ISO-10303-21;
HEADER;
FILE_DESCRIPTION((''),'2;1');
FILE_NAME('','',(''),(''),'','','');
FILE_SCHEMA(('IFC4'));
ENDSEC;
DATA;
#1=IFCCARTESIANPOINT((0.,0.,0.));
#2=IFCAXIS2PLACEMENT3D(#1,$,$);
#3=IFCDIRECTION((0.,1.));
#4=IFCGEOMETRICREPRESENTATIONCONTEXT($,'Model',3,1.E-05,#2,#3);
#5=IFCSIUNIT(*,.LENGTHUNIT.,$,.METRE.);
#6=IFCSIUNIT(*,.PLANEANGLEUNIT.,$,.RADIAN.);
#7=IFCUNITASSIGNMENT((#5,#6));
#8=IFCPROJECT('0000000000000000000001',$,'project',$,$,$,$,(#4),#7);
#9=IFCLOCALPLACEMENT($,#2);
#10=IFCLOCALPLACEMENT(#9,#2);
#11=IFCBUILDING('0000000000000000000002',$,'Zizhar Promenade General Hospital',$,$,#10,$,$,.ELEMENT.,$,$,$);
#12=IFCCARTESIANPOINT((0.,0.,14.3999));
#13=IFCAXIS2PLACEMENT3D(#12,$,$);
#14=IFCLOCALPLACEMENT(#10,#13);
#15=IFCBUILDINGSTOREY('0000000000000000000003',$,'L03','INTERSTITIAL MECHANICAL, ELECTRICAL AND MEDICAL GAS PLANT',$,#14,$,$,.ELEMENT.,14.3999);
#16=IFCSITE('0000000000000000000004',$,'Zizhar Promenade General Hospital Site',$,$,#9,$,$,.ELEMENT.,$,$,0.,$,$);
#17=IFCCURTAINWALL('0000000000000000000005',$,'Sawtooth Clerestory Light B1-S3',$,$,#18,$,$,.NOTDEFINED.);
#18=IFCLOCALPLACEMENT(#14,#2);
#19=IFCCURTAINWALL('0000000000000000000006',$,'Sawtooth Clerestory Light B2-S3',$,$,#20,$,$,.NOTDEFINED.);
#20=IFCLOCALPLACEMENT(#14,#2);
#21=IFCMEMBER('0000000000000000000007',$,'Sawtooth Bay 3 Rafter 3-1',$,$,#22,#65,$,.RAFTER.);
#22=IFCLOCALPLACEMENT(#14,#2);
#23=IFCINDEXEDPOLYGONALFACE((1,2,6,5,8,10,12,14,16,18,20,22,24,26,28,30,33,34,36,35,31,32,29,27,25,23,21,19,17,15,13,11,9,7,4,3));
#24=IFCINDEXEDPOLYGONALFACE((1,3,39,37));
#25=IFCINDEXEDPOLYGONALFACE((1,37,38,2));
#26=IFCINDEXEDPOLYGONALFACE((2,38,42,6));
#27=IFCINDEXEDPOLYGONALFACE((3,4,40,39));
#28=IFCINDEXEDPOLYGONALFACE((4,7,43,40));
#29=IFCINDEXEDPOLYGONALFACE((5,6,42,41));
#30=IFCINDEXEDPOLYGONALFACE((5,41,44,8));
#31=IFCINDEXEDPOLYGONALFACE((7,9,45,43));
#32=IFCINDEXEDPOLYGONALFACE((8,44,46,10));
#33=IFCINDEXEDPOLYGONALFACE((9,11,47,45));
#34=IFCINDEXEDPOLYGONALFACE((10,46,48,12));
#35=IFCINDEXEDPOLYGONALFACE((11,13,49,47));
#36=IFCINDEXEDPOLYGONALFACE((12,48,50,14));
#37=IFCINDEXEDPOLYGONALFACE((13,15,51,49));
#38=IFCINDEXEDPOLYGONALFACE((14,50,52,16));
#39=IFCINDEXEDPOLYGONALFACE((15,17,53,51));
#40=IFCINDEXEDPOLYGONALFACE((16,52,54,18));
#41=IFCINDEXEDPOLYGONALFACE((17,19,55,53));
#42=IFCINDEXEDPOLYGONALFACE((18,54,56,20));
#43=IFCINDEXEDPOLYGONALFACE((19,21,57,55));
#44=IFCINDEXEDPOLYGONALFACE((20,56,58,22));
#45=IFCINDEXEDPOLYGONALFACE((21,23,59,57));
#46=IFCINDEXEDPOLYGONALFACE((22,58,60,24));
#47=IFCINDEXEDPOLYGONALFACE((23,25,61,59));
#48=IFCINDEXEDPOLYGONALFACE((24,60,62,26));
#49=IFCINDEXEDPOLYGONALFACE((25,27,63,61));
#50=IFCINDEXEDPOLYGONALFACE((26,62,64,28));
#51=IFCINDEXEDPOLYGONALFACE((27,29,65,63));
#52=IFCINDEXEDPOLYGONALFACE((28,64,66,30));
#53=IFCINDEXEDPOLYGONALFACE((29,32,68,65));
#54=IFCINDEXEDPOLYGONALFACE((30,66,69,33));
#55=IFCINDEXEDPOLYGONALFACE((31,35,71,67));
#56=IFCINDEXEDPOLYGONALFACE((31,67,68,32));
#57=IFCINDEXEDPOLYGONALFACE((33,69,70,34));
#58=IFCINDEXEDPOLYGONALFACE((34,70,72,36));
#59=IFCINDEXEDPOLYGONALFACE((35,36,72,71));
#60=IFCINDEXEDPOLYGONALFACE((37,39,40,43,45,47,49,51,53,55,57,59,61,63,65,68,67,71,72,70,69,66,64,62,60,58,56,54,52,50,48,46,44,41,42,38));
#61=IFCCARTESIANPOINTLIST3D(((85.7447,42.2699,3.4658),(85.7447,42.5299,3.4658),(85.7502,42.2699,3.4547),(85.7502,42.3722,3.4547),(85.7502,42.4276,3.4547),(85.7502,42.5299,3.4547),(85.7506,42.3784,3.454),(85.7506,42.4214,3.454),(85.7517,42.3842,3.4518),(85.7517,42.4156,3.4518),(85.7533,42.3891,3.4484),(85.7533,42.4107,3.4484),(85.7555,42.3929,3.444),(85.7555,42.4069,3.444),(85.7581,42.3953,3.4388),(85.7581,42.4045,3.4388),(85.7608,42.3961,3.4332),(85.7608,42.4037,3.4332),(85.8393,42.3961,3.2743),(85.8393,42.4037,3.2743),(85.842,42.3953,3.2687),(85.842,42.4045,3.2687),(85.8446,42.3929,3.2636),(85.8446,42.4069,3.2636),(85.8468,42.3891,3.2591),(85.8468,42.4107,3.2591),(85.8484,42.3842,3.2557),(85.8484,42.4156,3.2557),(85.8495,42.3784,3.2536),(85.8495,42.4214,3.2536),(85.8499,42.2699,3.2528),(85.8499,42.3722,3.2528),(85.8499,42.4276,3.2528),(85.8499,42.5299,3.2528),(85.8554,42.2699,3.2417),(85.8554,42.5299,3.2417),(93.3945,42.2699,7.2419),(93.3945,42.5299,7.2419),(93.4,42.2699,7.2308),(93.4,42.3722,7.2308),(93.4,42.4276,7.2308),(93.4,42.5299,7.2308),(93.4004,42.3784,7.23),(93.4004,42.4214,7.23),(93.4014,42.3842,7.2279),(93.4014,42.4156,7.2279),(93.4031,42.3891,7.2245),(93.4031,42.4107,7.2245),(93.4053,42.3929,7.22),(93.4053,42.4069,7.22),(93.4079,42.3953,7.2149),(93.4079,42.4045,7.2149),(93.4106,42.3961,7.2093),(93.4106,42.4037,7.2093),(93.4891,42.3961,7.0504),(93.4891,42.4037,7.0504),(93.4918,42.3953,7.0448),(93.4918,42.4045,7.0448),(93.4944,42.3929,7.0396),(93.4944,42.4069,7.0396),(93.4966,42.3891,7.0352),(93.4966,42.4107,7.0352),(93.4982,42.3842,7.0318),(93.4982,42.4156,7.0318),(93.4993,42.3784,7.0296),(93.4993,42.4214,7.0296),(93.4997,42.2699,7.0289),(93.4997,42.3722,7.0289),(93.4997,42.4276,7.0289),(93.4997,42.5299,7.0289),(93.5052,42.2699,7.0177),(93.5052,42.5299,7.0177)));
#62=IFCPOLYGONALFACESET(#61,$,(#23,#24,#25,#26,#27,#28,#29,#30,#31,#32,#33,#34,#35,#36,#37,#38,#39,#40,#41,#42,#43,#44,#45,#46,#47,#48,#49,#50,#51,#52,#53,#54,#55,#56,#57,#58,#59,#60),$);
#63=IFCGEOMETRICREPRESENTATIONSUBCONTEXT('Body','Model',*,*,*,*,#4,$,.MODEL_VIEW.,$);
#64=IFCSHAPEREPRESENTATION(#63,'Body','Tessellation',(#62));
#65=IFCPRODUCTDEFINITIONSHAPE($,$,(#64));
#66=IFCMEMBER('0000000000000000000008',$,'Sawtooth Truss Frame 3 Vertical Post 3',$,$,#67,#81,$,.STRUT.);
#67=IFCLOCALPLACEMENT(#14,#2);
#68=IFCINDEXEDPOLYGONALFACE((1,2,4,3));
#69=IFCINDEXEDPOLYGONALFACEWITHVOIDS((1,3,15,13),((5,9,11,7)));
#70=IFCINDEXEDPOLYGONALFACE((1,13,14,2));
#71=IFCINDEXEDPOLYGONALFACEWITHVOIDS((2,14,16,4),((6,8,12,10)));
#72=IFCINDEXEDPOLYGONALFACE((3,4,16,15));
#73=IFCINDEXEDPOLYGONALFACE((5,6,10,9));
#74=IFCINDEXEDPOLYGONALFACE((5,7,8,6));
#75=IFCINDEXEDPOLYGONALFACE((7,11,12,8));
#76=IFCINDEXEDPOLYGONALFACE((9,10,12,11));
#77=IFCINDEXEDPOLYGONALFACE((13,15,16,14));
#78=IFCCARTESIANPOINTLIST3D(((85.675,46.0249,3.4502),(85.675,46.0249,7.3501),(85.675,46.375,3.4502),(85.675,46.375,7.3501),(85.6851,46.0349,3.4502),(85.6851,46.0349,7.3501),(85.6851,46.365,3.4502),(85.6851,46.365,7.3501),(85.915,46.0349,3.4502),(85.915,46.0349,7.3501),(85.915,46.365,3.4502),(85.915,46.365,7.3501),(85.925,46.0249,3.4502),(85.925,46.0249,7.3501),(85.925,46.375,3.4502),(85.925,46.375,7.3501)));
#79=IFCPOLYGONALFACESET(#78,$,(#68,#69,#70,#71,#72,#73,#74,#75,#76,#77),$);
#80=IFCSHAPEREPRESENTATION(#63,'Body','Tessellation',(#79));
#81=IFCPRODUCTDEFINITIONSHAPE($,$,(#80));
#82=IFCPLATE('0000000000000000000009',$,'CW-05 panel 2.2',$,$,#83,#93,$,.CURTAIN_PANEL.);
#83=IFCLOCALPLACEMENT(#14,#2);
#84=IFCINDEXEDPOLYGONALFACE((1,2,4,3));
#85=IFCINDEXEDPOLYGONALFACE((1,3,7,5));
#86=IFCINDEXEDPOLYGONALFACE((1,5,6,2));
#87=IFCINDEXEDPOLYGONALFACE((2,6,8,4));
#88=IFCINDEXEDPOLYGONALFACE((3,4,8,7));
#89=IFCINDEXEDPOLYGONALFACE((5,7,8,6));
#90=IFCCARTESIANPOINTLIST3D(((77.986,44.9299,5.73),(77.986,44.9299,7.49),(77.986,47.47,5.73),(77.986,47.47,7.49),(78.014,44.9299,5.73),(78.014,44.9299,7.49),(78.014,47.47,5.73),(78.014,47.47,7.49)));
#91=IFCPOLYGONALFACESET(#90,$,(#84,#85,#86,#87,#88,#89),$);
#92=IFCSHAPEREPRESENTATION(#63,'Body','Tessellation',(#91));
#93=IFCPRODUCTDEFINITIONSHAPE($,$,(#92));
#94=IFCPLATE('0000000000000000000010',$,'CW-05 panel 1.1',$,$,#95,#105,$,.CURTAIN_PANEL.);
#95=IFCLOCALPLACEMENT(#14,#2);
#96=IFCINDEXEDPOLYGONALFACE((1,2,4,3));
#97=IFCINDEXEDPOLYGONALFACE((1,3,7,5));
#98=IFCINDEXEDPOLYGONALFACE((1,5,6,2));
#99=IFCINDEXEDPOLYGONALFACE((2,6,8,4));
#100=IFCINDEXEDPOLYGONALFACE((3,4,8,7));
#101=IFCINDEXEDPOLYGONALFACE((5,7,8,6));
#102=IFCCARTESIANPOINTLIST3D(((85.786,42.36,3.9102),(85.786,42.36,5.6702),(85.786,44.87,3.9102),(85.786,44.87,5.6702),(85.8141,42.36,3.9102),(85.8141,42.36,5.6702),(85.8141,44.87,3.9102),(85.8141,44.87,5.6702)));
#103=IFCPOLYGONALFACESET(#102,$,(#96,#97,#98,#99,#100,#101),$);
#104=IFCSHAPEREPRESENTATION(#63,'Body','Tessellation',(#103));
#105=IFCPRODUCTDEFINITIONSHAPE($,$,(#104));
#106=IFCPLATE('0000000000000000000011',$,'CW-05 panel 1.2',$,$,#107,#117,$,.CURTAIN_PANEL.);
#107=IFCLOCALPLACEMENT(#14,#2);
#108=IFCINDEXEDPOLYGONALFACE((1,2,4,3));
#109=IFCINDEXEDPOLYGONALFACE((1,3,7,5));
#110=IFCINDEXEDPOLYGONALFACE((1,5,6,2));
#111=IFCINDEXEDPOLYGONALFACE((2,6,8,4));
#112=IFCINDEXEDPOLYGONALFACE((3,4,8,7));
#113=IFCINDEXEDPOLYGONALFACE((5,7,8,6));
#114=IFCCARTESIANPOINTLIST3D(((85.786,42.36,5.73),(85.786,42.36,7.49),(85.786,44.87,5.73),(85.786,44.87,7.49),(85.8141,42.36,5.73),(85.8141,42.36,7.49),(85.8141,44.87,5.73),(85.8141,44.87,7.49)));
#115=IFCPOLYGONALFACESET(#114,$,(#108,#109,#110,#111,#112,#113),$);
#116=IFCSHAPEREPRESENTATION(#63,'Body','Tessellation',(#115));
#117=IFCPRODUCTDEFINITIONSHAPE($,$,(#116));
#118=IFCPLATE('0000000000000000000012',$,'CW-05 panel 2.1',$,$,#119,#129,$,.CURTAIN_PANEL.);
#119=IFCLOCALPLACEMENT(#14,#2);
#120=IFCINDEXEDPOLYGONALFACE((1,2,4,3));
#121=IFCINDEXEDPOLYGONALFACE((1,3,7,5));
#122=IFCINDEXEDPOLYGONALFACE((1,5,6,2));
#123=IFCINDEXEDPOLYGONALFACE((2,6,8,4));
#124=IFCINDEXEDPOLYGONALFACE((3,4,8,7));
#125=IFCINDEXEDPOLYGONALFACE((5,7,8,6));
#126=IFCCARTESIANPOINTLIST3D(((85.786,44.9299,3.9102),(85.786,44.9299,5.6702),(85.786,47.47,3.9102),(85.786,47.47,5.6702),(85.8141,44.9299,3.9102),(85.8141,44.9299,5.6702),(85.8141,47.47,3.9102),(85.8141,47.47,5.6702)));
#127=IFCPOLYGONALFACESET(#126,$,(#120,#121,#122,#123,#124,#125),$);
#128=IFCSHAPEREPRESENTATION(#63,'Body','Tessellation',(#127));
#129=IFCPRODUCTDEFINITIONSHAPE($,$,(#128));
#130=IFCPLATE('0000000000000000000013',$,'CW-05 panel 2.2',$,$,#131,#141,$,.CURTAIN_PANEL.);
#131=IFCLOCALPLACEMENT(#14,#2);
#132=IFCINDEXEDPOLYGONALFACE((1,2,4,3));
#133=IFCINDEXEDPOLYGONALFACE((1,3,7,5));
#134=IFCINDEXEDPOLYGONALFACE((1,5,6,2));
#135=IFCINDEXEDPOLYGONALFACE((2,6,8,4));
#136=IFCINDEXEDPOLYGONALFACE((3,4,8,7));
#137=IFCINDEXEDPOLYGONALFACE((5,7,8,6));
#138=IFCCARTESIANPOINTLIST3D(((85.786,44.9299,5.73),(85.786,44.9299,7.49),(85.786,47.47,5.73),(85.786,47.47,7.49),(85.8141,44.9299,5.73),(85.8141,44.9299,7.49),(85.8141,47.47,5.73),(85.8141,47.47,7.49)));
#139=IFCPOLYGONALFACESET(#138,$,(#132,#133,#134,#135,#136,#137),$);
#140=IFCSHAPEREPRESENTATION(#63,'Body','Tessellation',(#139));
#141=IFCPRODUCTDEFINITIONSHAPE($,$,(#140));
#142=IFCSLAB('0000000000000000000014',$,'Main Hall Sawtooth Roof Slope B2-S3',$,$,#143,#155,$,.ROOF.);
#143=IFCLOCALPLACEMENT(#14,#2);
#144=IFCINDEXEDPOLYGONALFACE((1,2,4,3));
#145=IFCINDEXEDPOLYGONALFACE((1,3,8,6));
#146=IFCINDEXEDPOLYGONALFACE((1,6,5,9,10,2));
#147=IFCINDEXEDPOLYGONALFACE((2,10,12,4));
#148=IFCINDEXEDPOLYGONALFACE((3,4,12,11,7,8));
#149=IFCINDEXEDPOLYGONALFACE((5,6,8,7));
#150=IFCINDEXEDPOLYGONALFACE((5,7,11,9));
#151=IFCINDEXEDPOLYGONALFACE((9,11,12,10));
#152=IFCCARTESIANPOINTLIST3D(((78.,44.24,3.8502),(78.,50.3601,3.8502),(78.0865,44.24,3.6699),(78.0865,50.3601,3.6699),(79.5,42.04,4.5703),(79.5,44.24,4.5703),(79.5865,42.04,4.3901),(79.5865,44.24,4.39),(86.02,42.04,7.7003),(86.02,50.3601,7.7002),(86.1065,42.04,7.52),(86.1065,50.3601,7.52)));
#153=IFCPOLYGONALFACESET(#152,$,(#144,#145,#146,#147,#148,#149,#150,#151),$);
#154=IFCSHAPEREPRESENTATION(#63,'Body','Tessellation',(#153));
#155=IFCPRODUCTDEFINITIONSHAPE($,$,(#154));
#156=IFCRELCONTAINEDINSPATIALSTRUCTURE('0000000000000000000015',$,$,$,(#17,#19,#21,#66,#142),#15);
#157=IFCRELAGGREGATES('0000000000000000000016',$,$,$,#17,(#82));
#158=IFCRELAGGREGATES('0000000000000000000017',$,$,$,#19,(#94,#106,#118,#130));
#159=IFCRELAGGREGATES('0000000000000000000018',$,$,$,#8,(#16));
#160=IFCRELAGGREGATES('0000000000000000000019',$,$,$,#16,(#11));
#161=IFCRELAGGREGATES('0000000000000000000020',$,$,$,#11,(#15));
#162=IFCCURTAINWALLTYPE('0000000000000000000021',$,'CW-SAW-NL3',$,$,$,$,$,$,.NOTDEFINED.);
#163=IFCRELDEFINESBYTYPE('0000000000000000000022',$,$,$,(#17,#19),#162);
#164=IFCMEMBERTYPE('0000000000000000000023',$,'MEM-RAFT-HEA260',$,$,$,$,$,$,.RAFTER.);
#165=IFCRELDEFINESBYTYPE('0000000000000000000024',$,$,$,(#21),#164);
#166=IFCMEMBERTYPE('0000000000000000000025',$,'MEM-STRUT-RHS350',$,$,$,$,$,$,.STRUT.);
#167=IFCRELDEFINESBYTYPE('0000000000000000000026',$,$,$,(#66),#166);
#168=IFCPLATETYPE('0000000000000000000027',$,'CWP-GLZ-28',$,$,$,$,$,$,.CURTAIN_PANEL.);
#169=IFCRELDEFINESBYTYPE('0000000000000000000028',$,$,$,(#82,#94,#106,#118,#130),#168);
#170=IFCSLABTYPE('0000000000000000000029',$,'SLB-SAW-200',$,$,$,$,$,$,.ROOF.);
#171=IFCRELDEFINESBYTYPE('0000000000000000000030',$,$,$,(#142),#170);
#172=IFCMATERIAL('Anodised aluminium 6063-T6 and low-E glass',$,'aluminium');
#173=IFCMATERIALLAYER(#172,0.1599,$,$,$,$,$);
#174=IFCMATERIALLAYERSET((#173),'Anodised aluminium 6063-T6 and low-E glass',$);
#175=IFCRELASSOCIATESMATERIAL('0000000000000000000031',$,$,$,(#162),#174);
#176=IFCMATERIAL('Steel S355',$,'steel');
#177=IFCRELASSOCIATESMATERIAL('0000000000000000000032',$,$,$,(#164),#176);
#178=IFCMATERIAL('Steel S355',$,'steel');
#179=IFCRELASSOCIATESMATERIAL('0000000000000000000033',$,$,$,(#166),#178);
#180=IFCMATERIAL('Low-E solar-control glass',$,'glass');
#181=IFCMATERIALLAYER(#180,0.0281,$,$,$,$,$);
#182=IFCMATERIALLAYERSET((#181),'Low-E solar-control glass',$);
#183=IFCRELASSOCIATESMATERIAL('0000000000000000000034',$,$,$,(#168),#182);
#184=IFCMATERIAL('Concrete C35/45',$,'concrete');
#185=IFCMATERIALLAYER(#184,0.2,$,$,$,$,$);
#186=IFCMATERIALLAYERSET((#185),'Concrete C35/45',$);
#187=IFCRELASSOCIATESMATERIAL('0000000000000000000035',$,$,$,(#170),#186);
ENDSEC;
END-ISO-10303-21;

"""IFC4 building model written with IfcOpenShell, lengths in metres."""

from ifc_helpers import new_model, si_unit, direction, frame, origin, origin_2d, place, context, subcontext, project, spatial, polyline, rectangle, hollow_rectangle, i_section, outline, extrude, material, layer, layer_set, material_profile, profile_set, type_object, element, aggregate, save


model = new_model("IFC4")

# Units and contexts
model_context = context("Model", 3, precision=1e-05, world=origin(), true_north=direction((0.0, 1.0)))
body_context = subcontext(model_context, "Body", "Model", "MODEL_VIEW")
ifc_project = project(units=[si_unit("LENGTHUNIT", "METRE"), si_unit("PLANEANGLEUNIT", "RADIAN")], contexts=[model_context])

# Site, building, storey
site_placement = place(None, origin())
site = spatial("IfcSite", under=ifc_project, at=site_placement, Name="Zizhar Promenade General Hospital Site", CompositionType="ELEMENT", RefElevation=0.0)
building_placement = place(site_placement, origin())
building = spatial("IfcBuilding", under=site, at=building_placement, Name="Zizhar Promenade General Hospital", CompositionType="ELEMENT")
storey_placement = place(building_placement, frame((0.0, 0.0, 14.3999)))
storey = spatial("IfcBuildingStorey", under=building, at=storey_placement, Name="L03", Description="INTERSTITIAL MECHANICAL, ELECTRICAL AND MEDICAL GAS PLANT", CompositionType="ELEMENT", Elevation=14.3999)

# Curtain wall
ifc_material_1 = material(Name="Anodised aluminium 6063-T6 and low-E glass", Category="aluminium")
ifc_layer_1 = layer(ifc_material_1, 0.1599)
ifc_layer_set_1 = layer_set([ifc_layer_1], Name="Anodised aluminium 6063-T6 and low-E glass")
curtain_wall_type_1 = type_object("IfcCurtainWallType", Name="CW-SAW-NL3", PredefinedType="NOTDEFINED", material=ifc_layer_set_1)
curtain_wall_1_placement = place(storey_placement, origin())
curtain_wall_1 = element("IfcCurtainWall", 1, at=curtain_wall_1_placement, inside=storey, type_object=curtain_wall_type_1, Name="Sawtooth Clerestory Light B1-S3", PredefinedType="NOTDEFINED")

# Curtain wall
curtain_wall_2_placement = place(storey_placement, origin())
curtain_wall_2 = element("IfcCurtainWall", 2, at=curtain_wall_2_placement, inside=storey, type_object=curtain_wall_type_1, Name="Sawtooth Clerestory Light B2-S3", PredefinedType="NOTDEFINED")

# Members
ifc_material_2 = material(Name="Steel S355", Category="steel")
ifc_material_profile_1 = material_profile(ifc_material_2, i_section(OverallWidth=0.26, OverallDepth=0.25, WebThickness=0.0076, FlangeThickness=0.0125, FilletRadius=0.0239, at=origin_2d()))
ifc_profile_set_1 = profile_set([ifc_material_profile_1], Name="Steel S355")
member_type_1 = type_object("IfcMemberType", Name="MEM-RAFT-HEA260", PredefinedType="RAFTER", material=ifc_profile_set_1)
member_1_placement = place(storey_placement, frame((85.8, 42.3999, 3.3538), z_axis=(0.896705, 0.0, 0.442629), x_axis=(0.0, 1.0, 0.0)))
element("IfcMember", 3, at=member_1_placement, inside=storey, type_object=member_type_1, Name="Sawtooth Bay 3 Rafter 3-1", PredefinedType="RAFTER", context=body_context, shape_type="SweptSolid", body=[
    extrude(i_section(OverallWidth=0.26, OverallDepth=0.25, WebThickness=0.0076, FlangeThickness=0.0125, FilletRadius=0.0239, at=origin_2d()), origin(), (0.0, 0.0, 1.0), 8.531),
])
ifc_material_3 = material(Name="Steel S355", Category="steel")
ifc_material_profile_2 = material_profile(ifc_material_3, hollow_rectangle(XDim=0.25, YDim=0.3501, WallThickness=0.01, at=origin_2d()))
ifc_profile_set_2 = profile_set([ifc_material_profile_2], Name="Steel S355")
member_type_2 = type_object("IfcMemberType", Name="MEM-STRUT-RHS350", PredefinedType="STRUT", material=ifc_profile_set_2)
member_2_placement = place(storey_placement, frame((85.8, 46.2, 3.4502), z_axis=(0.0, 0.0, 1.0), x_axis=(1.0, 0.0, 0.0)))
element("IfcMember", 4, at=member_2_placement, inside=storey, type_object=member_type_2, Name="Sawtooth Truss Frame 3 Vertical Post 3", PredefinedType="STRUT", context=body_context, shape_type="SweptSolid", body=[
    extrude(hollow_rectangle(XDim=0.25, YDim=0.3501, WallThickness=0.01, at=origin_2d()), origin(), (0.0, 0.0, 1.0), 3.8999),
])

# Plates
ifc_material_4 = material(Name="Low-E solar-control glass", Category="glass")
ifc_layer_2 = layer(ifc_material_4, 0.0281)
ifc_layer_set_2 = layer_set([ifc_layer_2], Name="Low-E solar-control glass")
plate_type = type_object("IfcPlateType", Name="CWP-GLZ-28", PredefinedType="CURTAIN_PANEL", material=ifc_layer_set_2)
plate_1_placement = place(storey_placement, frame((78.0, 46.2, 5.73), z_axis=(0.0, 0.0, 1.0), x_axis=(0.0, 1.0, 0.0)))
plate_1 = element("IfcPlate", 5, at=plate_1_placement, type_object=plate_type, Name="CW-05 panel 2.2", PredefinedType="CURTAIN_PANEL", context=body_context, shape_type="SweptSolid", body=[
    extrude(rectangle(XDim=2.54, YDim=0.0281, at=origin_2d()), origin(), (0.0, 0.0, 1.0), 1.76),
])
aggregate(curtain_wall_1, [plate_1])
plate_2_placement = place(storey_placement, frame((85.8, 43.615, 3.9102), z_axis=(0.0, 0.0, 1.0), x_axis=(0.0, 1.0, 0.0)))
plate_2 = element("IfcPlate", 6, at=plate_2_placement, type_object=plate_type, Name="CW-05 panel 1.1", PredefinedType="CURTAIN_PANEL", context=body_context, shape_type="SweptSolid", body=[
    extrude(rectangle(XDim=2.51, YDim=0.0281, at=origin_2d()), origin(), (0.0, 0.0, 1.0), 1.76),
])
plate_3_placement = place(storey_placement, frame((85.8, 43.615, 5.73), z_axis=(0.0, 0.0, 1.0), x_axis=(0.0, 1.0, 0.0)))
plate_3 = element("IfcPlate", 7, at=plate_3_placement, type_object=plate_type, Name="CW-05 panel 1.2", PredefinedType="CURTAIN_PANEL", context=body_context, shape_type="SweptSolid", body=[
    extrude(rectangle(XDim=2.51, YDim=0.0281, at=origin_2d()), origin(), (0.0, 0.0, 1.0), 1.76),
])
plate_4_placement = place(storey_placement, frame((85.8, 46.2, 3.9102), z_axis=(0.0, 0.0, 1.0), x_axis=(0.0, 1.0, 0.0)))
plate_4 = element("IfcPlate", 8, at=plate_4_placement, type_object=plate_type, Name="CW-05 panel 2.1", PredefinedType="CURTAIN_PANEL", context=body_context, shape_type="SweptSolid", body=[
    extrude(rectangle(XDim=2.54, YDim=0.0281, at=origin_2d()), origin(), (0.0, 0.0, 1.0), 1.76),
])
plate_5_placement = place(storey_placement, frame((85.8, 46.2, 5.73), z_axis=(0.0, 0.0, 1.0), x_axis=(0.0, 1.0, 0.0)))
plate_5 = element("IfcPlate", 9, at=plate_5_placement, type_object=plate_type, Name="CW-05 panel 2.2", PredefinedType="CURTAIN_PANEL", context=body_context, shape_type="SweptSolid", body=[
    extrude(rectangle(XDim=2.54, YDim=0.0281, at=origin_2d()), origin(), (0.0, 0.0, 1.0), 1.76),
])
aggregate(curtain_wall_2, [plate_2, plate_3, plate_4, plate_5])

# Slab
ifc_material_5 = material(Name="Concrete C35/45", Category="concrete")
ifc_layer_3 = layer(ifc_material_5, 0.2)
ifc_layer_set_3 = layer_set([ifc_layer_3], Name="Concrete C35/45")
slab_type = type_object("IfcSlabType", Name="SLB-SAW-200", PredefinedType="ROOF", material=ifc_layer_set_3)
slab_placement = place(storey_placement, frame((79.5, 42.04, 4.5703), z_axis=(-0.432773, 0.000007, 0.901503), x_axis=(0.901503, 0.0, 0.432773)))
element("IfcSlab", 10, at=slab_placement, inside=storey, type_object=slab_type, Name="Main Hall Sawtooth Roof Slope B2-S3", PredefinedType="ROOF", context=body_context, shape_type="SweptSolid", body=[
    extrude(outline(polyline([(0.0, 0.0), (7.2323, 0.0), (7.2323, 8.3201), (-1.6639, 8.3201), (-1.6639, 2.2), (0.0, 2.2), (0.0, 0.0)])), origin(), (0.0, 0.0, -1.0), 0.2),
])

save(model, "model.ifc")
